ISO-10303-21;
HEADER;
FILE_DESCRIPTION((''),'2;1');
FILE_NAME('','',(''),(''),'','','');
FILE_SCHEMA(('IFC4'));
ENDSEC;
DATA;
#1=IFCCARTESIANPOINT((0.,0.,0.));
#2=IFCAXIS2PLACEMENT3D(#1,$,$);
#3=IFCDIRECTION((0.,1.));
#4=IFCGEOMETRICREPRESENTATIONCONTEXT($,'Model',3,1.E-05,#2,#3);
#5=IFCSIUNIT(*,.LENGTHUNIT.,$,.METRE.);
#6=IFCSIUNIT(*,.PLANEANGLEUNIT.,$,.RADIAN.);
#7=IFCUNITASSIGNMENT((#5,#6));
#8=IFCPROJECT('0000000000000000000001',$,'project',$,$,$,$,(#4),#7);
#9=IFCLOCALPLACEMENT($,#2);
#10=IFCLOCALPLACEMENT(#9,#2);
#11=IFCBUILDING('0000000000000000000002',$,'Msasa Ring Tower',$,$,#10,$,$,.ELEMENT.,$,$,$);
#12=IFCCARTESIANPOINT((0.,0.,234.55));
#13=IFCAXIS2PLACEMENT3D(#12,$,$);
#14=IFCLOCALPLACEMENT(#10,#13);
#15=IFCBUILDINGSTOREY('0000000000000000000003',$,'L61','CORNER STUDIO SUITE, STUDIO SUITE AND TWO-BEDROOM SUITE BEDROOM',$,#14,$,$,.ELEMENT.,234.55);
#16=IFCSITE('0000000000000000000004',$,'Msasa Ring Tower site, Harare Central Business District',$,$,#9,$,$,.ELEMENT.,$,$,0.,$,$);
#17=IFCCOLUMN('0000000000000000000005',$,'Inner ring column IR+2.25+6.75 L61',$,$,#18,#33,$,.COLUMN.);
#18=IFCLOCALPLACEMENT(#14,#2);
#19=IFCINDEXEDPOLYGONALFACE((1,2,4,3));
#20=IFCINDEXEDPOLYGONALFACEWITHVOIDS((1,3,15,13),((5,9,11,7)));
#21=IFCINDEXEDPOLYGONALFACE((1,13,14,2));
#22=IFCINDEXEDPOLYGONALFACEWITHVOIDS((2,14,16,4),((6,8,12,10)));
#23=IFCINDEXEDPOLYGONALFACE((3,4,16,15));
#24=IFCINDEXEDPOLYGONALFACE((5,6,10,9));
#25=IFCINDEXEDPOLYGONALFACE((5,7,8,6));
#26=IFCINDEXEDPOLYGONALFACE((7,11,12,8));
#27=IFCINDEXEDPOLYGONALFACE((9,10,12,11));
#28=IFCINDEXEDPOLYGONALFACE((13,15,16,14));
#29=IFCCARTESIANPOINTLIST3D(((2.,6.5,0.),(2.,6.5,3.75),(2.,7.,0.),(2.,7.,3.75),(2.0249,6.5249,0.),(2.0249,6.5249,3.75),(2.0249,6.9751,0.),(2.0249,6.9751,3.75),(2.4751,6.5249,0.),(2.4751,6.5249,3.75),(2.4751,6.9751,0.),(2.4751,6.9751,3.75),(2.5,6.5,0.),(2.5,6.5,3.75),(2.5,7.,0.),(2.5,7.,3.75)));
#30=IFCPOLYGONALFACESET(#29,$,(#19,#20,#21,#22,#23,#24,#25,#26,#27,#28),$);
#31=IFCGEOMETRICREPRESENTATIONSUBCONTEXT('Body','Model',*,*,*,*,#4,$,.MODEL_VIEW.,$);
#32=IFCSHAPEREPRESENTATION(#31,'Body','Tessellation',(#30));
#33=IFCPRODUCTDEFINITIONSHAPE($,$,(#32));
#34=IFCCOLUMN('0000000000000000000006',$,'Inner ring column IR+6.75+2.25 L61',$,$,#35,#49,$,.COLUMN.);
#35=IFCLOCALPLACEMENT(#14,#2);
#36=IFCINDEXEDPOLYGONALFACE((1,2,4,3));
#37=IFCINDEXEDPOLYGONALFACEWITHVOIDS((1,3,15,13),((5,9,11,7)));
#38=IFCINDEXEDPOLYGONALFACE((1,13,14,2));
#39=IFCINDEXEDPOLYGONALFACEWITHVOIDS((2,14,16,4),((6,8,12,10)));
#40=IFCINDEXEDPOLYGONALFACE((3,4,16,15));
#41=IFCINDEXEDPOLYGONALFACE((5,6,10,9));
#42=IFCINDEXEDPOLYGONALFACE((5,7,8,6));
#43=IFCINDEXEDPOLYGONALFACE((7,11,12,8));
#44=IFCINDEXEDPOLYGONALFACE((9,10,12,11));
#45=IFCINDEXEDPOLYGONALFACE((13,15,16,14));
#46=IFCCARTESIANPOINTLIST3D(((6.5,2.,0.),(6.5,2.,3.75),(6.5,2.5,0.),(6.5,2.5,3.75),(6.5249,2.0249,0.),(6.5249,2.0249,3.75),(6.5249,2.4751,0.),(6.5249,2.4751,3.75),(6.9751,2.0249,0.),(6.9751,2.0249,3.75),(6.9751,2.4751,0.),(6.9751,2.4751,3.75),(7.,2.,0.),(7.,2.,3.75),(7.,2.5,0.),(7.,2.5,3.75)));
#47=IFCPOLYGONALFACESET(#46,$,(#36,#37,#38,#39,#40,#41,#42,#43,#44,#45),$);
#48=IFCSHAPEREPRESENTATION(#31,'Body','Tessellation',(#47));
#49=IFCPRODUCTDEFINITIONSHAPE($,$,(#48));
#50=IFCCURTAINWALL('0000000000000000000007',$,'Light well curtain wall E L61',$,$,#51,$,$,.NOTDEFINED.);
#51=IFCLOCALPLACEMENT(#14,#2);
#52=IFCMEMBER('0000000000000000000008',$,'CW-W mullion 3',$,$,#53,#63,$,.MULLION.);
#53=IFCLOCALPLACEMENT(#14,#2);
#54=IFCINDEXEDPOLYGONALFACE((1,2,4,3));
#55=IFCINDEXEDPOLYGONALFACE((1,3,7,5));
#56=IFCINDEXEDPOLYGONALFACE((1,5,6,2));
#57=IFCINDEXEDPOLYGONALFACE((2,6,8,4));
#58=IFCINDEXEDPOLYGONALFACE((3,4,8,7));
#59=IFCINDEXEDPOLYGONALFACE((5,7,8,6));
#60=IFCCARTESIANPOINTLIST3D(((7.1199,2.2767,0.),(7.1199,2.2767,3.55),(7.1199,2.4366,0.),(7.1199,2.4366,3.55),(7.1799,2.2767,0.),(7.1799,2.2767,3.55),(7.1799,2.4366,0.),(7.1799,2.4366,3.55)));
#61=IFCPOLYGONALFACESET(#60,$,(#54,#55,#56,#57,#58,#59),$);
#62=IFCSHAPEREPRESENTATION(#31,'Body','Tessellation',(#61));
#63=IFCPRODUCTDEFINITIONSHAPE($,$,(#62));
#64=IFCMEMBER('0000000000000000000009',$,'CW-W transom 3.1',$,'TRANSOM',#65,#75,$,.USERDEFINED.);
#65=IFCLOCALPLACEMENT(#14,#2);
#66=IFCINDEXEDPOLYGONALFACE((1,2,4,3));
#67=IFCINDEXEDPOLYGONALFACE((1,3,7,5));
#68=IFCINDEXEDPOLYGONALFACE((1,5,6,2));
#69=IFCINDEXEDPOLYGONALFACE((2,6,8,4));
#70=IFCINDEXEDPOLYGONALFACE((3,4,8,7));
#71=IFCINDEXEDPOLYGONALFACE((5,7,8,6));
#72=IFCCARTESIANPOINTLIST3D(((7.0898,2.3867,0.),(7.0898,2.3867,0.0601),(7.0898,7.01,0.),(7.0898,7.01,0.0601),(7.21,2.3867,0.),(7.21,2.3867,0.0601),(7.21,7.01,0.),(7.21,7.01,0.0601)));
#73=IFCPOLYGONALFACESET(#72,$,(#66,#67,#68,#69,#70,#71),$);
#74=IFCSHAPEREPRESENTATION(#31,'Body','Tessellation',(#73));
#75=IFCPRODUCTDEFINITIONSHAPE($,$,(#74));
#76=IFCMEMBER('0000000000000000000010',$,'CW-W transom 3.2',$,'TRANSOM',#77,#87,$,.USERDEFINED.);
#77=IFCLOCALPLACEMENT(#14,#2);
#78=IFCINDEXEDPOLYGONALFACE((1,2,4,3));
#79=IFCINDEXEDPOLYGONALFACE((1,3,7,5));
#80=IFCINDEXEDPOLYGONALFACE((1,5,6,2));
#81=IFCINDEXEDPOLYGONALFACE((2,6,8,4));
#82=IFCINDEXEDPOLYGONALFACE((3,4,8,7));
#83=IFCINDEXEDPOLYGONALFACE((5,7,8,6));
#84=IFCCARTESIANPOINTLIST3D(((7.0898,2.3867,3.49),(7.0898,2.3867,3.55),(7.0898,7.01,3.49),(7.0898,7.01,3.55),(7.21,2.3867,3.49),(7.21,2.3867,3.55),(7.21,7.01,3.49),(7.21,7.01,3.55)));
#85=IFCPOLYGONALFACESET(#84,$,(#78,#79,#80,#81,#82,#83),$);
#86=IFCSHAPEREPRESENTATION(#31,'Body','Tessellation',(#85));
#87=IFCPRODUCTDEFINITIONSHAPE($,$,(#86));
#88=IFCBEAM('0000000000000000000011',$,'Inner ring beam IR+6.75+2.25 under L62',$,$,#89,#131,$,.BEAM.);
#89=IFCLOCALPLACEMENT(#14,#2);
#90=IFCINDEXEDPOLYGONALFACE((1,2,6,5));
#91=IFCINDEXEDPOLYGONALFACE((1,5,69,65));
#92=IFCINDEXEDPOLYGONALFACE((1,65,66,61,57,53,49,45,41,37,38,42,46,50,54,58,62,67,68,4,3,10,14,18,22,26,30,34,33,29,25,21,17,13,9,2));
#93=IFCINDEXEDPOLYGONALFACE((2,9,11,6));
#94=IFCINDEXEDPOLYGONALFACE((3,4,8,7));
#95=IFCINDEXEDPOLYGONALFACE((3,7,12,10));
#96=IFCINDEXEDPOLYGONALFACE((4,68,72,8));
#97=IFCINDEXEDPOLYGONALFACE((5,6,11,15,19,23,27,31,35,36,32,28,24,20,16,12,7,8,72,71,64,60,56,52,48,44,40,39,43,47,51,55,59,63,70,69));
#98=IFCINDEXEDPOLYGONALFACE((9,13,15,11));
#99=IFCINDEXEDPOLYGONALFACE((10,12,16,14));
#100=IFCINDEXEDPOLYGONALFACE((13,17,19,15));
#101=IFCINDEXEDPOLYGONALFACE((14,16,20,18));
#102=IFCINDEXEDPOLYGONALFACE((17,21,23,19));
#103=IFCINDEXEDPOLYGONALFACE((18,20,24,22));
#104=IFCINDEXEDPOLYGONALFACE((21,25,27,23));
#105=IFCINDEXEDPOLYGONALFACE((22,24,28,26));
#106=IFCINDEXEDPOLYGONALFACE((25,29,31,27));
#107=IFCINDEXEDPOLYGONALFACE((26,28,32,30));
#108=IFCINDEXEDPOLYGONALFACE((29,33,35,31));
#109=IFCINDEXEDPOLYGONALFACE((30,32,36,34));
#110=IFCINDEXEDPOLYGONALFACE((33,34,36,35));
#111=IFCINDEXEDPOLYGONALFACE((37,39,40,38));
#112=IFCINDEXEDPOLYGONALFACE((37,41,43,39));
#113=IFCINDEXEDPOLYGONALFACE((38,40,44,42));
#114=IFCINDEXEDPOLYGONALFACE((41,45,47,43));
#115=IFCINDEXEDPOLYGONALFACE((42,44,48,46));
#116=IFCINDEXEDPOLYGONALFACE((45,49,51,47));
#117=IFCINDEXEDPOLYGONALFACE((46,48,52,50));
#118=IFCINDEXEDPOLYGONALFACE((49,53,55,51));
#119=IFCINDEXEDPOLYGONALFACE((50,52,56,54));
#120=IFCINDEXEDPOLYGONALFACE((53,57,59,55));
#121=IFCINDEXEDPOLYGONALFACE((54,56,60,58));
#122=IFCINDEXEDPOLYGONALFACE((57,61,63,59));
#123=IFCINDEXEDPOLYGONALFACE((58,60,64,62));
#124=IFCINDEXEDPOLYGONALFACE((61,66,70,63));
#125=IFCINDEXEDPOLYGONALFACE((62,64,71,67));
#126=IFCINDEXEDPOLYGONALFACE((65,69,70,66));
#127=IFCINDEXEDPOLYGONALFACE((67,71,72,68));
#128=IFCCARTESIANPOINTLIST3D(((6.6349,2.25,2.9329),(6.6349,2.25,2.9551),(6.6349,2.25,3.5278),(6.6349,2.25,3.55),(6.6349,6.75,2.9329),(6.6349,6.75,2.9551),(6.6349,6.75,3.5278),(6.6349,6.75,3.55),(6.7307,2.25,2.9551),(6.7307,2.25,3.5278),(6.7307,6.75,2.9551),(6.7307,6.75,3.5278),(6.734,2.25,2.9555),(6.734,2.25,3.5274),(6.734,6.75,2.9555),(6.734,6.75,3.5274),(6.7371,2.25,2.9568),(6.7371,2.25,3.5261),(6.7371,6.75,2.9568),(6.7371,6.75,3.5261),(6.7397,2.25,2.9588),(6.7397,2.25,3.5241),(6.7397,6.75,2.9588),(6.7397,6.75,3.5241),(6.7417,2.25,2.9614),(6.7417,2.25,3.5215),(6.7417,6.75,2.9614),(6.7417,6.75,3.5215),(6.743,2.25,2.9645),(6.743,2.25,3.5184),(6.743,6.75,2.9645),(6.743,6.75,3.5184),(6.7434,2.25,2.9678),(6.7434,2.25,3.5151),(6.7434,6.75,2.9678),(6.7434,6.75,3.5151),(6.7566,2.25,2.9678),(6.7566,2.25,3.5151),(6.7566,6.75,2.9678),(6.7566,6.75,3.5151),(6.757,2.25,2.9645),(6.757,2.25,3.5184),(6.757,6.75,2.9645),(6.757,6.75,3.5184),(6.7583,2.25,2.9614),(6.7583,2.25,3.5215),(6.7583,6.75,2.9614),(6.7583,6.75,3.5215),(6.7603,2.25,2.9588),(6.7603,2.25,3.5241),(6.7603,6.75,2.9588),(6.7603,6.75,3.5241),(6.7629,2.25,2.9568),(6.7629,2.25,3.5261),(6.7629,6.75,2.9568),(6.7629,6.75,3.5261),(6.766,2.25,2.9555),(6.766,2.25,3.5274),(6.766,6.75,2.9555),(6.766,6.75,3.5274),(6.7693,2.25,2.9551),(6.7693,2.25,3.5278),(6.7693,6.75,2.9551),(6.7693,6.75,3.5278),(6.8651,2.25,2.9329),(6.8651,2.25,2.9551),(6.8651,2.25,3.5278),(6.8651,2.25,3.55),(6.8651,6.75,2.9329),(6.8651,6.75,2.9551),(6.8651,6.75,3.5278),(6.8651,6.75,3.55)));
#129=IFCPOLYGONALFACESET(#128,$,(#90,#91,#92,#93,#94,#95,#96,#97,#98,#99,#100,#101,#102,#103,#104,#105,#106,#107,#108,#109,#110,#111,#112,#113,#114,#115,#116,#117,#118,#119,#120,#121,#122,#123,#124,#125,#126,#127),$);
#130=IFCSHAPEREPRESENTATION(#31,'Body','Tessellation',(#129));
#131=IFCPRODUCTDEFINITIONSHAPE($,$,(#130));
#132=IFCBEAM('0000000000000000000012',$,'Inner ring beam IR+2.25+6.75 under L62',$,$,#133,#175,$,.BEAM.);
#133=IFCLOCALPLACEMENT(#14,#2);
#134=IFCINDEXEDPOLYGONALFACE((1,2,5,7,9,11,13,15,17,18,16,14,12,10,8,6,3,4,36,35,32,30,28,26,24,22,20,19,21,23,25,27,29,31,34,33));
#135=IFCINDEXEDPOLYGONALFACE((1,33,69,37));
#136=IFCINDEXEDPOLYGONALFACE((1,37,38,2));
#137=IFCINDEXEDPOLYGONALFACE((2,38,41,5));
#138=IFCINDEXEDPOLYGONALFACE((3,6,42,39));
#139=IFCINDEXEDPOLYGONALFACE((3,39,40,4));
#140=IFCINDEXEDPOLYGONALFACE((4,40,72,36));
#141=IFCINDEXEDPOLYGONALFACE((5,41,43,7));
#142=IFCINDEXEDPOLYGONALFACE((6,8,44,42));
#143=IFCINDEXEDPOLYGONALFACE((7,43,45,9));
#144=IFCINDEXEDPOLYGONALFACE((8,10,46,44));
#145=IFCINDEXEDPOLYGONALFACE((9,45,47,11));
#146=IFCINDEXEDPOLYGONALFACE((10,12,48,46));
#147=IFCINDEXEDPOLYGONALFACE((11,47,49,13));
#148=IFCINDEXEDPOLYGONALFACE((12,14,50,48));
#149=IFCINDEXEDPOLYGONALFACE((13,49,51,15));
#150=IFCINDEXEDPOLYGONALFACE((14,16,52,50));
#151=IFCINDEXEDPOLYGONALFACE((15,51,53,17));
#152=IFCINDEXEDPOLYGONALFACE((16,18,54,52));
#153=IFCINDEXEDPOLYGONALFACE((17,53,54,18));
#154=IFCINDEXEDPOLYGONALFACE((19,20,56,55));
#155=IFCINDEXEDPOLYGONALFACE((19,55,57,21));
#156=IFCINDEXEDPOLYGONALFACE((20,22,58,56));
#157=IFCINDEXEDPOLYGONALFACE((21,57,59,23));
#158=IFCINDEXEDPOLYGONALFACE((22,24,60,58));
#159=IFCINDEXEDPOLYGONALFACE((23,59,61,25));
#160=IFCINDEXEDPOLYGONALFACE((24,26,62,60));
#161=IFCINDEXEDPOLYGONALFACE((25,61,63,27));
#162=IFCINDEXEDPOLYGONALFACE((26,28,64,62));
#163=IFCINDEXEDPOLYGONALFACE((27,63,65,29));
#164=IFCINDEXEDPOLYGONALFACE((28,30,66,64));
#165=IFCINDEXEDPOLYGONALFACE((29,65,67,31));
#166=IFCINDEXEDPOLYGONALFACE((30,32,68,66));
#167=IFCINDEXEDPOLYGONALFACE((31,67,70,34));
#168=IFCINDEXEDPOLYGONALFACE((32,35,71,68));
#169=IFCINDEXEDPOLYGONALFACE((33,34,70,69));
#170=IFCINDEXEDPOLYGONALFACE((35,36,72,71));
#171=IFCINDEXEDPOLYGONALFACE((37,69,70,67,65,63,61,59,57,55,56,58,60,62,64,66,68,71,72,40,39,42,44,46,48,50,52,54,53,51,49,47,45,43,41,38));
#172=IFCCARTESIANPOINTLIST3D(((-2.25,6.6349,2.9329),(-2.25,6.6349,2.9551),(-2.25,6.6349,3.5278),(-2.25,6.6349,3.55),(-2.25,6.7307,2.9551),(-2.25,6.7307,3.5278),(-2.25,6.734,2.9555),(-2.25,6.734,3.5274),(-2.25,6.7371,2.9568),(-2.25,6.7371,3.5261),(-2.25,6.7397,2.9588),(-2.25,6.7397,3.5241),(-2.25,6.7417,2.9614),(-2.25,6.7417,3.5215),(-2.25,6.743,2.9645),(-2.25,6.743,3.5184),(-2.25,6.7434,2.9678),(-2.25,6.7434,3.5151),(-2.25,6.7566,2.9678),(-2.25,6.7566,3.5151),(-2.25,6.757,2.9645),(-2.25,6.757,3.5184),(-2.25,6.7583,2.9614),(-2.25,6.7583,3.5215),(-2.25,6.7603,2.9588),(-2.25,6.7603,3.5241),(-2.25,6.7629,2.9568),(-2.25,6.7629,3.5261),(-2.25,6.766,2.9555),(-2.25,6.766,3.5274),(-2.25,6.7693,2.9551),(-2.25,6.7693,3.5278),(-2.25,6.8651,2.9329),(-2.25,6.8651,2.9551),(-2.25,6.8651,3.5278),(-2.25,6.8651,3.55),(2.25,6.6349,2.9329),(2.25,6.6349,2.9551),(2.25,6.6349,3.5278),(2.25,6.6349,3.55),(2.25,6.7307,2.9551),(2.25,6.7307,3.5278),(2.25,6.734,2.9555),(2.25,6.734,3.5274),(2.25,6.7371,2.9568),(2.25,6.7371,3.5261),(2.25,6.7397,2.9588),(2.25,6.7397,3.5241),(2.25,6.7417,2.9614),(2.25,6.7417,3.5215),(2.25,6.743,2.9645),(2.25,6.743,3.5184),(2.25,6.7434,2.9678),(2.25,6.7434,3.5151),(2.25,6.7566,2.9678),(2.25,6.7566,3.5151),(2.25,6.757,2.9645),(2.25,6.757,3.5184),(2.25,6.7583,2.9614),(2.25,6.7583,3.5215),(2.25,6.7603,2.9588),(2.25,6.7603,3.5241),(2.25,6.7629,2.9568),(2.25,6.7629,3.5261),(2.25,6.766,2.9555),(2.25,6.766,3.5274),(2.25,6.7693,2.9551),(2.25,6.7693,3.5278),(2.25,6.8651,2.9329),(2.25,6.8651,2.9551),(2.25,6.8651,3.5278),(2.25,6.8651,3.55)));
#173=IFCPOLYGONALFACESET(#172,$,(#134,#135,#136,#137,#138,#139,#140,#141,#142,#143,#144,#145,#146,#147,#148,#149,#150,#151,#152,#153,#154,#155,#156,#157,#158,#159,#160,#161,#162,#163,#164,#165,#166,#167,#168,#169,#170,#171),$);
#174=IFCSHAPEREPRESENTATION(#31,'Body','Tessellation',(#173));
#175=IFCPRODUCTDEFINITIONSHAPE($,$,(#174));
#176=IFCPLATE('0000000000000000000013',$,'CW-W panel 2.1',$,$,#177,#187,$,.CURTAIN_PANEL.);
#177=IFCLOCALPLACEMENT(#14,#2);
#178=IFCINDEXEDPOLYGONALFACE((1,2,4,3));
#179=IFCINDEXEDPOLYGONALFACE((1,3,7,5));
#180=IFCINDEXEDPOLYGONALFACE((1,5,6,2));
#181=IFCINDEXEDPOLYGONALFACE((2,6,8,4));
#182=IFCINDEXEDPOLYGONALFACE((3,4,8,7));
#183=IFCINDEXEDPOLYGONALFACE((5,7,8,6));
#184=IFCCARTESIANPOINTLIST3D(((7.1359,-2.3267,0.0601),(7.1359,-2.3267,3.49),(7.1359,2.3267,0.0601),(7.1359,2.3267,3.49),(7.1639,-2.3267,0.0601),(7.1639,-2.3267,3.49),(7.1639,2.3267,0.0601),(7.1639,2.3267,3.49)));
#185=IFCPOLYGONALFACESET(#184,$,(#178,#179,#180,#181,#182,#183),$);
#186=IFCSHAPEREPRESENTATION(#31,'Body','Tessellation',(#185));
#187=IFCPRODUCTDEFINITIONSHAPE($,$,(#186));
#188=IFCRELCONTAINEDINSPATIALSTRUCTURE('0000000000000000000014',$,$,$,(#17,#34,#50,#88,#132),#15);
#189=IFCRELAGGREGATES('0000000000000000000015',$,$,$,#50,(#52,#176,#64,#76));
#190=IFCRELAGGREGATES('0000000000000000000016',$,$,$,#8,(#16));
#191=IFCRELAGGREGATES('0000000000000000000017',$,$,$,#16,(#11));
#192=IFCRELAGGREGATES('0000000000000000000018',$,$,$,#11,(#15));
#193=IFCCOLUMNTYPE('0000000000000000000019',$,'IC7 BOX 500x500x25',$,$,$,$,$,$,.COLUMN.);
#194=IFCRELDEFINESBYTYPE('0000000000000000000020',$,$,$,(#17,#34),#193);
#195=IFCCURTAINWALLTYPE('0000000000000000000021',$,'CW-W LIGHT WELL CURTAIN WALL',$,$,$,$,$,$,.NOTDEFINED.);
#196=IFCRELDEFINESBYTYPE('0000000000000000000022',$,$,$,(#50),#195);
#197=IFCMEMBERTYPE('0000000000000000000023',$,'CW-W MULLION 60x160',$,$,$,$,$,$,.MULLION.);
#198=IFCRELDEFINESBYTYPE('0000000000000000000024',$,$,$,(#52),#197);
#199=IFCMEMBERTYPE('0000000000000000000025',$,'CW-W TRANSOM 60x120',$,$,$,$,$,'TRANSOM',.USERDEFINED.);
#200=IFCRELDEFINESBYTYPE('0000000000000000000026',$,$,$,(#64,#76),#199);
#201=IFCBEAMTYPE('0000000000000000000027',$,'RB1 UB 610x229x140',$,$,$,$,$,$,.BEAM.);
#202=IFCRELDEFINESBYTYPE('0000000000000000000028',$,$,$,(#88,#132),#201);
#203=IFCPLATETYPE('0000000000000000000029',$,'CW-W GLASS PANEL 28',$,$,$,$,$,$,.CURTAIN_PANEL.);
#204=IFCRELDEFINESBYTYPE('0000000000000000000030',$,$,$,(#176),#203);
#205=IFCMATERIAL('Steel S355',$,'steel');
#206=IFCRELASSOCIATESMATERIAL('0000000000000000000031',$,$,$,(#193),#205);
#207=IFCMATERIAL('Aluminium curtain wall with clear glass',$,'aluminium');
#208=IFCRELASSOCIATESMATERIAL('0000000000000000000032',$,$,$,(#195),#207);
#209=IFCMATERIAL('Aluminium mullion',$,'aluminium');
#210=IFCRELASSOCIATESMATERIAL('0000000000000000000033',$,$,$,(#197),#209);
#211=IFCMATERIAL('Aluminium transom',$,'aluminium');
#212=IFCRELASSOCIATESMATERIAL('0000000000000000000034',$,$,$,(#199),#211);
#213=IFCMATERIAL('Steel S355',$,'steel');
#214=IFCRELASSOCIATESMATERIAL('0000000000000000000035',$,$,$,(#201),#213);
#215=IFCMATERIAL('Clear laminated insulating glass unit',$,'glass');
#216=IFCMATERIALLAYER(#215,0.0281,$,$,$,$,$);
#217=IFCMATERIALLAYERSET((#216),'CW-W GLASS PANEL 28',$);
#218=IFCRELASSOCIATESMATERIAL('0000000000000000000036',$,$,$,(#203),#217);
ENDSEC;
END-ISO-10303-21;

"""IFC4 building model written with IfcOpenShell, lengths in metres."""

from ifc_helpers import new_model, si_unit, direction, frame, origin, origin_2d, place, context, subcontext, project, spatial, rectangle, hollow_rectangle, i_section, extrude, material, layer, layer_set, material_profile, profile_set, type_object, element, aggregate, save


model = new_model("IFC4")

# Units and contexts
model_context = context("Model", 3, precision=1e-05, world=origin(), true_north=direction((0.0, 1.0)))
body_context = subcontext(model_context, "Body", "Model", "MODEL_VIEW")
ifc_project = project(units=[si_unit("LENGTHUNIT", "METRE"), si_unit("PLANEANGLEUNIT", "RADIAN")], contexts=[model_context])

# Site, building, storey
site_placement = place(None, origin())
site = spatial("IfcSite", under=ifc_project, at=site_placement, Name="Msasa Ring Tower site, Harare Central Business District", CompositionType="ELEMENT", RefElevation=0.0)
building_placement = place(site_placement, origin())
building = spatial("IfcBuilding", under=site, at=building_placement, Name="Msasa Ring Tower", CompositionType="ELEMENT")
storey_placement = place(building_placement, frame((0.0, 0.0, 234.55)))
storey = spatial("IfcBuildingStorey", under=building, at=storey_placement, Name="L61", Description="CORNER STUDIO SUITE, STUDIO SUITE AND TWO-BEDROOM SUITE BEDROOM", CompositionType="ELEMENT", Elevation=234.55)

# Columns
ifc_material_1 = material(Name="Steel S355", Category="steel")
ifc_material_profile_1 = material_profile(ifc_material_1, hollow_rectangle(XDim=0.5, YDim=0.5, WallThickness=0.0249, at=origin_2d()), Name="BOX 500x500x25")
ifc_profile_set_1 = profile_set([ifc_material_profile_1], Name="Steel S355")
column_type = type_object("IfcColumnType", Name="IC7 BOX 500x500x25", PredefinedType="COLUMN", material=ifc_profile_set_1)
for number, where, z_axis, x_axis, name in (
    (1, (2.25, 6.75, 0.0), (0.0, 0.0, 1.0), (1.0, 0.0, 0.0), "Inner ring column IR+2.25+6.75 L61"),
    (2, (6.75, 2.25, 0.0), (0.0, 0.0, 1.0), (1.0, 0.0, 0.0), "Inner ring column IR+6.75+2.25 L61"),
):
    element("IfcColumn", number, at=place(storey_placement, frame(where, z_axis=z_axis, x_axis=x_axis)), inside=storey, type_object=column_type, Name=name, PredefinedType="COLUMN", context=body_context, shape_type="SweptSolid", body=[
        extrude(hollow_rectangle(XDim=0.5, YDim=0.5, WallThickness=0.0249, at=origin_2d()), origin(), (0.0, 0.0, 1.0), 3.75),
    ])

# Curtain wall, members
ifc_material_2 = material(Name="Aluminium curtain wall with clear glass", Category="aluminium")
curtain_wall_type = type_object("IfcCurtainWallType", Name="CW-W LIGHT WELL CURTAIN WALL", PredefinedType="NOTDEFINED", material=ifc_material_2)
curtain_wall_placement = place(storey_placement, origin())
curtain_wall = element("IfcCurtainWall", 3, at=curtain_wall_placement, inside=storey, type_object=curtain_wall_type, Name="Light well curtain wall E L61", PredefinedType="NOTDEFINED")
ifc_material_3 = material(Name="Aluminium mullion", Category="aluminium")
ifc_material_profile_2 = material_profile(ifc_material_3, rectangle(XDim=0.0601, YDim=0.1599, at=origin_2d()), Name="AL 60x160")
ifc_profile_set_2 = profile_set([ifc_material_profile_2], Name="Aluminium mullion")
member_type_1 = type_object("IfcMemberType", Name="CW-W MULLION 60x160", PredefinedType="MULLION", material=ifc_profile_set_2)
member_1_placement = place(storey_placement, frame((7.1499, 2.3567, 0.0), z_axis=(0.0, 0.0, 1.0), x_axis=(-1.0, 0.0, 0.0)))
member_1 = element("IfcMember", 4, at=member_1_placement, type_object=member_type_1, Name="CW-W mullion 3", PredefinedType="MULLION", context=body_context, shape_type="SweptSolid", body=[
    extrude(rectangle(XDim=0.0601, YDim=0.1599, at=origin_2d()), origin(), (0.0, 0.0, 1.0), 3.55),
])
ifc_material_4 = material(Name="Aluminium transom", Category="aluminium")
ifc_material_profile_3 = material_profile(ifc_material_4, rectangle(XDim=0.1201, YDim=0.0601, at=origin_2d()), Name="AL 60x120")
ifc_profile_set_3 = profile_set([ifc_material_profile_3], Name="Aluminium transom")
member_type_2 = type_object("IfcMemberType", Name="CW-W TRANSOM 60x120", ElementType="TRANSOM", PredefinedType="USERDEFINED", material=ifc_profile_set_3)
member_2_placement = place(storey_placement, frame((7.1499, 2.3867, 0.03), z_axis=(0.0, 1.0, 0.0), x_axis=(-1.0, 0.0, 0.0)))
member_2 = element("IfcMember", 5, at=member_2_placement, type_object=member_type_2, Name="CW-W transom 3.1", ObjectType="TRANSOM", PredefinedType="USERDEFINED", context=body_context, shape_type="SweptSolid", body=[
    extrude(rectangle(XDim=0.1201, YDim=0.0601, at=origin_2d()), origin(), (0.0, 0.0, 1.0), 4.6233),
])
member_3_placement = place(storey_placement, frame((7.1499, 2.3867, 3.52), z_axis=(0.0, 1.0, 0.0), x_axis=(-1.0, 0.0, 0.0)))
member_3 = element("IfcMember", 6, at=member_3_placement, type_object=member_type_2, Name="CW-W transom 3.2", ObjectType="TRANSOM", PredefinedType="USERDEFINED", context=body_context, shape_type="SweptSolid", body=[
    extrude(rectangle(XDim=0.1201, YDim=0.0601, at=origin_2d()), origin(), (0.0, 0.0, 1.0), 4.6233),
])

# Beams
ifc_material_5 = material(Name="Steel S355", Category="steel")
ifc_material_profile_4 = material_profile(ifc_material_5, i_section(OverallWidth=0.2302, OverallDepth=0.6172, WebThickness=0.0132, FlangeThickness=0.0222, FilletRadius=0.0127, at=origin_2d()), Name="UB 610x229x140")
ifc_profile_set_4 = profile_set([ifc_material_profile_4], Name="Steel S355")
beam_type = type_object("IfcBeamType", Name="RB1 UB 610x229x140", PredefinedType="BEAM", material=ifc_profile_set_4)
for number, where, z_axis, x_axis, name in (
    (7, (6.75, 2.25, 3.2415), (0.0, 1.0, 0.0), (-1.0, 0.0, 0.0), "Inner ring beam IR+6.75+2.25 under L62"),
    (8, (2.25, 6.75, 3.2415), (-1.0, 0.0, 0.0), (0.0, -1.0, 0.0), "Inner ring beam IR+2.25+6.75 under L62"),
):
    element("IfcBeam", number, at=place(storey_placement, frame(where, z_axis=z_axis, x_axis=x_axis)), inside=storey, type_object=beam_type, Name=name, PredefinedType="BEAM", context=body_context, shape_type="SweptSolid", body=[
        extrude(i_section(OverallWidth=0.2302, OverallDepth=0.6172, WebThickness=0.0132, FlangeThickness=0.0222, FilletRadius=0.0127, at=origin_2d()), origin(), (0.0, 0.0, 1.0), 4.5),
    ])

# Plate
ifc_material_6 = material(Name="Clear laminated insulating glass unit", Category="glass")
ifc_layer_1 = layer(ifc_material_6, 0.0281)
ifc_layer_set_1 = layer_set([ifc_layer_1], Name="CW-W GLASS PANEL 28")
plate_type = type_object("IfcPlateType", Name="CW-W GLASS PANEL 28", PredefinedType="CURTAIN_PANEL", material=ifc_layer_set_1)
plate_1_placement = place(storey_placement, frame((7.1499, 0.0, 0.0601), z_axis=(0.0, 0.0, 1.0), x_axis=(0.0, 1.0, 0.0)))
plate_1 = element("IfcPlate", 9, at=plate_1_placement, type_object=plate_type, Name="CW-W panel 2.1", PredefinedType="CURTAIN_PANEL", context=body_context, shape_type="SweptSolid", body=[
    extrude(rectangle(XDim=4.6533, YDim=0.0281, at=origin_2d()), origin(), (0.0, 0.0, 1.0), 3.4299),
])
aggregate(curtain_wall, [member_1, plate_1, member_2, member_3])

save(model, "model.ifc")
